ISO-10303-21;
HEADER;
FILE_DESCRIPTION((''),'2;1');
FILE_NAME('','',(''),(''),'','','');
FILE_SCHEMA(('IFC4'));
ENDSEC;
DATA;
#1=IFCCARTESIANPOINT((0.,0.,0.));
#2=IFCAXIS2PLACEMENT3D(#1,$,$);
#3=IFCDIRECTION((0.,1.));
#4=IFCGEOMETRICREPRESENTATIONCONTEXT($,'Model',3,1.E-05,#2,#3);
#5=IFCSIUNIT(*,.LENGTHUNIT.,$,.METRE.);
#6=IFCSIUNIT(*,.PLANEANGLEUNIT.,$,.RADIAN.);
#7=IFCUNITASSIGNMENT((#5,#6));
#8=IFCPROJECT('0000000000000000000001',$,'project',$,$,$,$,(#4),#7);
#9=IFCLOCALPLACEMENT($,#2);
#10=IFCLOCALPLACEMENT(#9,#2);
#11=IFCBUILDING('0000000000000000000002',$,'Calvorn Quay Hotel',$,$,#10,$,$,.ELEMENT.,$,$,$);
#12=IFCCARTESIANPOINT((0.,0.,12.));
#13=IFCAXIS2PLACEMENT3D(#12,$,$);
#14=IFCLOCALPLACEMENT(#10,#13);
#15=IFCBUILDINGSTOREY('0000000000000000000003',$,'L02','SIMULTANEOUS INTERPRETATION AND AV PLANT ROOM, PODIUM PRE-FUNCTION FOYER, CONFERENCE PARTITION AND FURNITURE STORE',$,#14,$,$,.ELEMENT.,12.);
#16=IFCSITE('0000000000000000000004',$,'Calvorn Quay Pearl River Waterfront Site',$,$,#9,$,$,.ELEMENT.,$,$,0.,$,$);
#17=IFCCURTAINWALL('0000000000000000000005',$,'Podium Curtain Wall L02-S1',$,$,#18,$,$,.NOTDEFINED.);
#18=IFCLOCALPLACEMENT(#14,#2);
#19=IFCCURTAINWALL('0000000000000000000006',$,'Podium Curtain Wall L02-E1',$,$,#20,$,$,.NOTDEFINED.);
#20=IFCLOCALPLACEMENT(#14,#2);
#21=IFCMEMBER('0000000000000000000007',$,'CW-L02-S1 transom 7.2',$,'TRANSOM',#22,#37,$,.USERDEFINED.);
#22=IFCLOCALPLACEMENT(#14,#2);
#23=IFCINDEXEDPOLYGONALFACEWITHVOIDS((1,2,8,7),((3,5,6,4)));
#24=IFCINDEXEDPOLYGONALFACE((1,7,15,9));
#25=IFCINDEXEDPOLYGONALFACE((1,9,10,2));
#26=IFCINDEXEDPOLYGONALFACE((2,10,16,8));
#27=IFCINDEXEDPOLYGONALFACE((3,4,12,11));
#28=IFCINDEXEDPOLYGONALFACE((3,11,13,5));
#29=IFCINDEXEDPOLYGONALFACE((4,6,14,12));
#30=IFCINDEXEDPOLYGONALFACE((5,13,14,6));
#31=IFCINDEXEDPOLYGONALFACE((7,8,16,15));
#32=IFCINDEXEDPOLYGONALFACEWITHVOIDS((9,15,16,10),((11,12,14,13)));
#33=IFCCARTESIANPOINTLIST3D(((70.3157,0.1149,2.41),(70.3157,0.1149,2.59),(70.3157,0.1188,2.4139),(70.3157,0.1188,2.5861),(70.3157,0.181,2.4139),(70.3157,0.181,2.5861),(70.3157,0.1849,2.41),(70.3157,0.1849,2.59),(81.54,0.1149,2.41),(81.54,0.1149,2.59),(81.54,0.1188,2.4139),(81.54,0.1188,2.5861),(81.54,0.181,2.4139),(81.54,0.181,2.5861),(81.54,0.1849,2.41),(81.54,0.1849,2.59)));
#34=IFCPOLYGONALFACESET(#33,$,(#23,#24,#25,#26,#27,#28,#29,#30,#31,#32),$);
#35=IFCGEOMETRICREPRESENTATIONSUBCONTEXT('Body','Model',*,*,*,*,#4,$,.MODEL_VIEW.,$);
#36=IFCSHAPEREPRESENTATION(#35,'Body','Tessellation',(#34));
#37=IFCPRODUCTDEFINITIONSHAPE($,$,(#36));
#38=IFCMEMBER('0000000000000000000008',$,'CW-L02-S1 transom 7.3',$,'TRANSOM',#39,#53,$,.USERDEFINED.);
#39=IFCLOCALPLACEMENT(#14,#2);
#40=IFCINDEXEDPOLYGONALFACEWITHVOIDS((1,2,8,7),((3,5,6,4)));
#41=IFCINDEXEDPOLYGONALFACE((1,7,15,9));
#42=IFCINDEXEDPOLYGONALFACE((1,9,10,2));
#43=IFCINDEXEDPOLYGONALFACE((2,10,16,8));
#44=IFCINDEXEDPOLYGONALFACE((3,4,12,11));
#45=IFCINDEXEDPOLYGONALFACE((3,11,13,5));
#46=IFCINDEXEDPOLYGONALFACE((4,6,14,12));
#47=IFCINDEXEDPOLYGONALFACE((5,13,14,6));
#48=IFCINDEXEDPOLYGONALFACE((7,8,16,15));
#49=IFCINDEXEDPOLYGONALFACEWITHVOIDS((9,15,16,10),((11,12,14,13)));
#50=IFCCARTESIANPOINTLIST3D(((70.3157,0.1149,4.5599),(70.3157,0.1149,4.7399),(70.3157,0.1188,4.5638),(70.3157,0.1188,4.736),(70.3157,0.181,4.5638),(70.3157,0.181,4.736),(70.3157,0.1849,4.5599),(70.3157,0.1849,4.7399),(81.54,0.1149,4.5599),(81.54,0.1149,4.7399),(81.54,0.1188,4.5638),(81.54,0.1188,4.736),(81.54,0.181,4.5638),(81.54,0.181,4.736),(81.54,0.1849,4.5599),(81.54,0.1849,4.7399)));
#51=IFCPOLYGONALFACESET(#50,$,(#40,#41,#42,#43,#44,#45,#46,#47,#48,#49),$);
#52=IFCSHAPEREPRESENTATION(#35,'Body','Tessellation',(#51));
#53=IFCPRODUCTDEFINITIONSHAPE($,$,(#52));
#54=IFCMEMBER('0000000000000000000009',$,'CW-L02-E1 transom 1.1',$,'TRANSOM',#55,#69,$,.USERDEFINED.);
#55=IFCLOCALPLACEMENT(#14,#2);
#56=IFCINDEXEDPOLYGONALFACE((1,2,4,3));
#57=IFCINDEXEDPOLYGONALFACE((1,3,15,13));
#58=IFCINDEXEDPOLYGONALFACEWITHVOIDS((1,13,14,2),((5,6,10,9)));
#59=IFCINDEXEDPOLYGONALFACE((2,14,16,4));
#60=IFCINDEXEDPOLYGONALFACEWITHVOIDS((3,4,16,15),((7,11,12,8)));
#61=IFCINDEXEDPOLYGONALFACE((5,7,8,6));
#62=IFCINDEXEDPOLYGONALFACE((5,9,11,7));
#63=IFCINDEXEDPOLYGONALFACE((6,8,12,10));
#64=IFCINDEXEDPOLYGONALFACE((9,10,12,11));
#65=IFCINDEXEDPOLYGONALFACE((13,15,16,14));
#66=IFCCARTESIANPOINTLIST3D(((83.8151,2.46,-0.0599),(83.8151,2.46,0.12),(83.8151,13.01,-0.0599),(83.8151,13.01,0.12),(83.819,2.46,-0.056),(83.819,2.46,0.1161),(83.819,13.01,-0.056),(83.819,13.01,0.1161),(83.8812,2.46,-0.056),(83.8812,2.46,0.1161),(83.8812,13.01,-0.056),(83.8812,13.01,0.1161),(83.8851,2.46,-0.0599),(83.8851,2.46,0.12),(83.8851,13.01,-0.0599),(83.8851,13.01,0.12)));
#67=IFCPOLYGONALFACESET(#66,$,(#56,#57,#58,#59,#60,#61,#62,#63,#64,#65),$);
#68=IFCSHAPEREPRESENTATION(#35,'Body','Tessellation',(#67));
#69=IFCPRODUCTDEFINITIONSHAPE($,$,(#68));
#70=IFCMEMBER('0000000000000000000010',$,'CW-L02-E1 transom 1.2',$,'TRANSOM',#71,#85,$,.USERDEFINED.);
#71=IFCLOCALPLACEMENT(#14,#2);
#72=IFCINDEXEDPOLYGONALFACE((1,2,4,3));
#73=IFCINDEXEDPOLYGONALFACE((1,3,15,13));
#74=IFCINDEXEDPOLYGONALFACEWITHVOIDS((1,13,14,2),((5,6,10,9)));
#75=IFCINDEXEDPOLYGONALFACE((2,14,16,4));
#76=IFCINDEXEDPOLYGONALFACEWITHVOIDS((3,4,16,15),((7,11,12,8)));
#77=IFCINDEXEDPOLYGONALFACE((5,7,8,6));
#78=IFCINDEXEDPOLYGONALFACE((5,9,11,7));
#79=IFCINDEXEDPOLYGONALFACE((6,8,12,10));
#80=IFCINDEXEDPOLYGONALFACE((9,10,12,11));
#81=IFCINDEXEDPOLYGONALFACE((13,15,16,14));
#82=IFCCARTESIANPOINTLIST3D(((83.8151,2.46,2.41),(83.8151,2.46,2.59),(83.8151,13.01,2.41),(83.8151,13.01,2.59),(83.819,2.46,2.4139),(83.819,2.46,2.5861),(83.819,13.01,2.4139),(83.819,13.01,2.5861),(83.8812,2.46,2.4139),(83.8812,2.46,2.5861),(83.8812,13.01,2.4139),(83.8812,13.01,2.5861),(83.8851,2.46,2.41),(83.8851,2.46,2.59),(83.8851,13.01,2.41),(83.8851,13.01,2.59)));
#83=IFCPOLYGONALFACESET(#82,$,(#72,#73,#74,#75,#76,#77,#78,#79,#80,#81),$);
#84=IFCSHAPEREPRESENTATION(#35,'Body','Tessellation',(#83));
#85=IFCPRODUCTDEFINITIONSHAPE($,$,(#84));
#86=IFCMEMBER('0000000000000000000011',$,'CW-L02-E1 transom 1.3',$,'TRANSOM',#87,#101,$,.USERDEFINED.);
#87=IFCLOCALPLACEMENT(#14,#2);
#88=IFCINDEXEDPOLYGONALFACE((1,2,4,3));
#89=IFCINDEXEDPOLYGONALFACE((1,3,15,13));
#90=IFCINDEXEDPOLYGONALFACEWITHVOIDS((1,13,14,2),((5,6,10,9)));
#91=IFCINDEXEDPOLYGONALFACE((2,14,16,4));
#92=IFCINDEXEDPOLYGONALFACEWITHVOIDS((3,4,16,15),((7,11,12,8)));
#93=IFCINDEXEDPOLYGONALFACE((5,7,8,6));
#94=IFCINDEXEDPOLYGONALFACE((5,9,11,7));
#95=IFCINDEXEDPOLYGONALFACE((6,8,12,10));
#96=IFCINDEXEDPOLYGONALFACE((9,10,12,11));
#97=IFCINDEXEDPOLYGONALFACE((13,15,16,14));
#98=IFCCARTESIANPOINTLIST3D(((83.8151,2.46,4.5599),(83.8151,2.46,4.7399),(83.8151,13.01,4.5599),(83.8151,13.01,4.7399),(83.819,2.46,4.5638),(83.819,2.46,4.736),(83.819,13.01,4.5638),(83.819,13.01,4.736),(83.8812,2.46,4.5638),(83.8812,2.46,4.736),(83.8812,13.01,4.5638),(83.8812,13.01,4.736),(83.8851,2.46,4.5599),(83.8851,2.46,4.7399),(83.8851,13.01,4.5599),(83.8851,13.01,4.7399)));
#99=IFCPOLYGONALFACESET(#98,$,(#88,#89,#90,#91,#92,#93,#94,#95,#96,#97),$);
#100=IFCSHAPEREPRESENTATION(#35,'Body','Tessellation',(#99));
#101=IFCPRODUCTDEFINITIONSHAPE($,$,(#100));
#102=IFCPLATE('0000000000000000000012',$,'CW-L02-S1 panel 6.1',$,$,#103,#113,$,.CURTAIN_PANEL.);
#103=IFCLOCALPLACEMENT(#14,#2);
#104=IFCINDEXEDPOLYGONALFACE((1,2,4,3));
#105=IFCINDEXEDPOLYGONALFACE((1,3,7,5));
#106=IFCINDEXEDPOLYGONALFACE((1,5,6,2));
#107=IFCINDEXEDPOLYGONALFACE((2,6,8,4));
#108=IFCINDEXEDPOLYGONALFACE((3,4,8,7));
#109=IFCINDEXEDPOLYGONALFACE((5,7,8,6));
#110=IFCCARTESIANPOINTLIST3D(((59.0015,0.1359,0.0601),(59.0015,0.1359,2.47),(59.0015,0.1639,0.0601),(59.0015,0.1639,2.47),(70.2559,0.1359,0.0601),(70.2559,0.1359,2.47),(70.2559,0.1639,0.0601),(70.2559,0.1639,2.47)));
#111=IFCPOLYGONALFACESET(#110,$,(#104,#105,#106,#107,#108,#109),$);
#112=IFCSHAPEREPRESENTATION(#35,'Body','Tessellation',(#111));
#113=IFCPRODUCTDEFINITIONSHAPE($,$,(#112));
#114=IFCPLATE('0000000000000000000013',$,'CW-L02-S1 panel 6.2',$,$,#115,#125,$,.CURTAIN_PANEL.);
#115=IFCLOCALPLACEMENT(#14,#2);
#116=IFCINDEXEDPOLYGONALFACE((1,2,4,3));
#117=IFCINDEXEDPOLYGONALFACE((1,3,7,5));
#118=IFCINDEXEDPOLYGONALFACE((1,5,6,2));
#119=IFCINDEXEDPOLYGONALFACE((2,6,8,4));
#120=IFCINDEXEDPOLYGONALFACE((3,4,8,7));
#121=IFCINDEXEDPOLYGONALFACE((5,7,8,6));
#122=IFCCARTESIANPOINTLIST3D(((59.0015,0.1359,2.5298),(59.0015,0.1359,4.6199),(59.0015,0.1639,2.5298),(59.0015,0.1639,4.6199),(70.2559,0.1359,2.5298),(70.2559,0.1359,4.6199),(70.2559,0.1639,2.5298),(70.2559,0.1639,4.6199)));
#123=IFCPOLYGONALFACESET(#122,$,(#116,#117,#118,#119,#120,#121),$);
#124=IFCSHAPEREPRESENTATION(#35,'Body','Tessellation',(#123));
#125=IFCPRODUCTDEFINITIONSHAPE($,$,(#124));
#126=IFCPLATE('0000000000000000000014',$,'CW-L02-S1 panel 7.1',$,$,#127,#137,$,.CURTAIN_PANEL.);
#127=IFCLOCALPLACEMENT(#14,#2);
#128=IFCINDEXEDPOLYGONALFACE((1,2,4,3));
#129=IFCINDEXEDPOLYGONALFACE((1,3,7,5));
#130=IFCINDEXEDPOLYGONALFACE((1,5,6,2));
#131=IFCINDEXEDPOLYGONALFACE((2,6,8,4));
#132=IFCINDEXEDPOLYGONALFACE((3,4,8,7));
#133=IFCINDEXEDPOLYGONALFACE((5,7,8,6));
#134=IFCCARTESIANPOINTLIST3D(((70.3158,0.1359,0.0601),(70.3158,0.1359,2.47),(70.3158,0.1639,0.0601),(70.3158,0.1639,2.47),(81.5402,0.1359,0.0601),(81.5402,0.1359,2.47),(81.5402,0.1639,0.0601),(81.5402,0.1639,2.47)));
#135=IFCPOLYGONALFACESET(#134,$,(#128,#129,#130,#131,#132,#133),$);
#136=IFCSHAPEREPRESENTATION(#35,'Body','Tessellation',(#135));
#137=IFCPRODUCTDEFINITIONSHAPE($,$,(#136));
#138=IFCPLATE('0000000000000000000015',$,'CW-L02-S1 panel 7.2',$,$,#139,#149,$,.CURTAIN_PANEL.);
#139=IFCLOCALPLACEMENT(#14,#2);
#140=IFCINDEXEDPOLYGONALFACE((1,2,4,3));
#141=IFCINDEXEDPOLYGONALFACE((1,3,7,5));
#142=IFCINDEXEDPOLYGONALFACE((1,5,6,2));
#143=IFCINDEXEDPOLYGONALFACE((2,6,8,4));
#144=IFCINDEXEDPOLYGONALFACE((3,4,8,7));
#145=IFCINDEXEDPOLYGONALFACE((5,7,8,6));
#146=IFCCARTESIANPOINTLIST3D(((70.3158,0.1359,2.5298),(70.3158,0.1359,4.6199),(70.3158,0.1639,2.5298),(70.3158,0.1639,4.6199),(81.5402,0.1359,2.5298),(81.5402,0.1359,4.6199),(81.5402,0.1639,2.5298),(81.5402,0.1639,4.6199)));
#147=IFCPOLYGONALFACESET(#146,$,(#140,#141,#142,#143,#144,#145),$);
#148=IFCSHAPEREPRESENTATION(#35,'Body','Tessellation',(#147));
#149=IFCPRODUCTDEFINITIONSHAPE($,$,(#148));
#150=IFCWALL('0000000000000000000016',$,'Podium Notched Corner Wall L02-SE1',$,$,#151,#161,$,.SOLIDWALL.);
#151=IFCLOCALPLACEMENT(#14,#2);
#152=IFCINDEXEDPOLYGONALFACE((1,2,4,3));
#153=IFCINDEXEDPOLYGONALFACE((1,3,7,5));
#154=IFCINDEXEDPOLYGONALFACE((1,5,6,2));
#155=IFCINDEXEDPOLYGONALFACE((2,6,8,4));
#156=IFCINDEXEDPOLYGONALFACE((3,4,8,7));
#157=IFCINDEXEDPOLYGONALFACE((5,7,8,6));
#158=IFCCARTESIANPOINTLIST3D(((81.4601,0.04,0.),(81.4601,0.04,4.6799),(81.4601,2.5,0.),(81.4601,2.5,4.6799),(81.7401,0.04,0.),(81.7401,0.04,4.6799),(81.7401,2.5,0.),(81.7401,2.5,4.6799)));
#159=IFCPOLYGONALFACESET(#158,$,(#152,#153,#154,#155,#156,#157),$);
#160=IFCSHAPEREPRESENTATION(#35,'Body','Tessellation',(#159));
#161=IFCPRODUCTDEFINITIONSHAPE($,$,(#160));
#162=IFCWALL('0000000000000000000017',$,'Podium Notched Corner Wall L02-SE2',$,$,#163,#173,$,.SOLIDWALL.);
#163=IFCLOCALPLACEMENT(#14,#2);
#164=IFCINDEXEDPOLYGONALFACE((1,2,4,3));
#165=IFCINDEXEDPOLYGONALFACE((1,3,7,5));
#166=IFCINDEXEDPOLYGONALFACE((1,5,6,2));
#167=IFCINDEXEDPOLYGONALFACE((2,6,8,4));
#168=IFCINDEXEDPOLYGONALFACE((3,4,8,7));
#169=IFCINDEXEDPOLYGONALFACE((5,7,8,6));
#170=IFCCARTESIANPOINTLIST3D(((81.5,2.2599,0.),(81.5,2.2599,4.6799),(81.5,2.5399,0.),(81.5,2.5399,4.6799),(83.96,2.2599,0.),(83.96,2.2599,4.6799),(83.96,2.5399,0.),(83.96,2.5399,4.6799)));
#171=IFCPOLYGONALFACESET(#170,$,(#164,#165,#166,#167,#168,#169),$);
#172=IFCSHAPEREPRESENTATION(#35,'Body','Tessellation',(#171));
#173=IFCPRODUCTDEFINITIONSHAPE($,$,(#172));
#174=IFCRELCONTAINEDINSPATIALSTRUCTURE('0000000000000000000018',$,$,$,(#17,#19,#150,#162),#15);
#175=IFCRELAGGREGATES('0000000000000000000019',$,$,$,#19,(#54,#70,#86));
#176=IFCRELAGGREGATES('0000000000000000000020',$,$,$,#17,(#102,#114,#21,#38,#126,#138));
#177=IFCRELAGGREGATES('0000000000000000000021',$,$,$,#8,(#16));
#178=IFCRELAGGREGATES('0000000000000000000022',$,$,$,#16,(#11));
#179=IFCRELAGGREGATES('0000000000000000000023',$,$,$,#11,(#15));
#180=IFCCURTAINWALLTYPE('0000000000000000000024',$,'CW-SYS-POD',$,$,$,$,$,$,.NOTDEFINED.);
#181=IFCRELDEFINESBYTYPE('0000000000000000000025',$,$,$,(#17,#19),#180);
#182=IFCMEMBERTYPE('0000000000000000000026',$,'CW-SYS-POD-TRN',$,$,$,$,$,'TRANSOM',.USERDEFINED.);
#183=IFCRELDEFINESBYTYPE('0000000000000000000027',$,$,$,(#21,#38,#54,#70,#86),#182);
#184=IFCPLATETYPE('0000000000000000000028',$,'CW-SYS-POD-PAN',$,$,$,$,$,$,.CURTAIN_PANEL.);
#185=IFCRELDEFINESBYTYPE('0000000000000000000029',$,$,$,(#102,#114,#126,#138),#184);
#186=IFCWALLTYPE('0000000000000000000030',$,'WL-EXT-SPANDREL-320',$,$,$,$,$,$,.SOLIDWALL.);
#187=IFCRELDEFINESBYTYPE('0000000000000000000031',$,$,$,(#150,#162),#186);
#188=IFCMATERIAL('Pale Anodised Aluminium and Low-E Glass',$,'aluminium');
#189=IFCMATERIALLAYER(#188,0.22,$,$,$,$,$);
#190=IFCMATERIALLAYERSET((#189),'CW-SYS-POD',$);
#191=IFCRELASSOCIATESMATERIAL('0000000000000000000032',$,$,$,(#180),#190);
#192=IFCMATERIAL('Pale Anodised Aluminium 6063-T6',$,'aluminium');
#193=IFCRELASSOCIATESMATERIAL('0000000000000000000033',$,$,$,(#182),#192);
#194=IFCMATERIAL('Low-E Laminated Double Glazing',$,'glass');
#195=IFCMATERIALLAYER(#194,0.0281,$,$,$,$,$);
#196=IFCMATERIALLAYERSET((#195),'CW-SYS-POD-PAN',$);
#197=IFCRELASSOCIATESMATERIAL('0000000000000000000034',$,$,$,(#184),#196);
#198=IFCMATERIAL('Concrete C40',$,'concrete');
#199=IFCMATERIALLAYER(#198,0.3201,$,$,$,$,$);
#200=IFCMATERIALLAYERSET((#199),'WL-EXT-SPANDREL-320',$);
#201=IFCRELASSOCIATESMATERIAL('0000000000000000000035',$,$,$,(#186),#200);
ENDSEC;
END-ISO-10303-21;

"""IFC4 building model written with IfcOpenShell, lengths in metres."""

from ifc_helpers import new_model, si_unit, direction, frame, frame_2d, origin, origin_2d, place, context, subcontext, project, spatial, rectangle, hollow_rectangle, extrude, material, layer, layer_set, material_profile, profile_set, type_object, element, aggregate, save


model = new_model("IFC4")

# Units and contexts
model_context = context("Model", 3, precision=1e-05, world=origin(), true_north=direction((0.0, 1.0)))
body_context = subcontext(model_context, "Body", "Model", "MODEL_VIEW")
ifc_project = project(units=[si_unit("LENGTHUNIT", "METRE"), si_unit("PLANEANGLEUNIT", "RADIAN")], contexts=[model_context])

# Site, building, storey
site_placement = place(None, origin())
site = spatial("IfcSite", under=ifc_project, at=site_placement, Name="Calvorn Quay Pearl River Waterfront Site", CompositionType="ELEMENT", RefElevation=0.0)
building_placement = place(site_placement, origin())
building = spatial("IfcBuilding", under=site, at=building_placement, Name="Calvorn Quay Hotel", CompositionType="ELEMENT")
storey_placement = place(building_placement, frame((0.0, 0.0, 12.0)))
storey = spatial("IfcBuildingStorey", under=building, at=storey_placement, Name="L02", Description="SIMULTANEOUS INTERPRETATION AND AV PLANT ROOM, PODIUM PRE-FUNCTION FOYER, CONFERENCE PARTITION AND FURNITURE STORE", CompositionType="ELEMENT", Elevation=12.0)

# Curtain wall
ifc_material_1 = material(Name="Pale Anodised Aluminium and Low-E Glass", Category="aluminium")
ifc_layer_1 = layer(ifc_material_1, 0.22)
ifc_layer_set_1 = layer_set([ifc_layer_1], Name="CW-SYS-POD")
curtain_wall_type = type_object("IfcCurtainWallType", Name="CW-SYS-POD", PredefinedType="NOTDEFINED", material=ifc_layer_set_1)
curtain_wall_1_placement = place(storey_placement, origin())
curtain_wall_1 = element("IfcCurtainWall", 1, at=curtain_wall_1_placement, inside=storey, type_object=curtain_wall_type, Name="Podium Curtain Wall L02-S1", PredefinedType="NOTDEFINED")

# Curtain wall
curtain_wall_2_placement = place(storey_placement, origin())
curtain_wall_2 = element("IfcCurtainWall", 2, at=curtain_wall_2_placement, inside=storey, type_object=curtain_wall_type, Name="Podium Curtain Wall L02-E1", PredefinedType="NOTDEFINED")

# Members
ifc_material_2 = material(Name="Pale Anodised Aluminium 6063-T6", Category="aluminium")
ifc_material_profile_1 = material_profile(ifc_material_2, hollow_rectangle(XDim=0.0701, YDim=0.1799, WallThickness=0.0039, at=origin_2d()), Name="ALU-T180x70x4")
ifc_profile_set_1 = profile_set([ifc_material_profile_1], Name="Pale Anodised Aluminium 6063-T6")
member_type_1 = type_object("IfcMemberType", Name="CW-SYS-POD-TRN", ElementType="TRANSOM", PredefinedType="USERDEFINED", material=ifc_profile_set_1)
member_1_placement = place(storey_placement, frame((70.3157, 0.1499, 2.5), z_axis=(1.0, 0.0, 0.0), x_axis=(0.0, 1.0, 0.0)))
member_1 = element("IfcMember", 3, at=member_1_placement, type_object=member_type_1, Name="CW-L02-S1 transom 7.2", ObjectType="TRANSOM", PredefinedType="USERDEFINED", context=body_context, shape_type="SweptSolid", body=[
    extrude(hollow_rectangle(XDim=0.0701, YDim=0.1799, WallThickness=0.0039, at=origin_2d()), origin(), (0.0, 0.0, 1.0), 11.2244),
])
member_2_placement = place(storey_placement, frame((70.3157, 0.1499, 4.6499), z_axis=(1.0, 0.0, 0.0), x_axis=(0.0, 1.0, 0.0)))
member_2 = element("IfcMember", 4, at=member_2_placement, type_object=member_type_1, Name="CW-L02-S1 transom 7.3", ObjectType="TRANSOM", PredefinedType="USERDEFINED", context=body_context, shape_type="SweptSolid", body=[
    extrude(hollow_rectangle(XDim=0.0701, YDim=0.1799, WallThickness=0.0039, at=origin_2d()), origin(), (0.0, 0.0, 1.0), 11.2244),
])
member_3_placement = place(storey_placement, frame((83.8501, 2.46, 0.03), z_axis=(0.0, 1.0, 0.0), x_axis=(-1.0, 0.0, 0.0)))
member_3 = element("IfcMember", 5, at=member_3_placement, type_object=member_type_1, Name="CW-L02-E1 transom 1.1", ObjectType="TRANSOM", PredefinedType="USERDEFINED", context=body_context, shape_type="SweptSolid", body=[
    extrude(hollow_rectangle(XDim=0.0701, YDim=0.1799, WallThickness=0.0039, at=origin_2d()), origin(), (0.0, 0.0, 1.0), 10.55),
])
member_4_placement = place(storey_placement, frame((83.8501, 2.46, 2.5), z_axis=(0.0, 1.0, 0.0), x_axis=(-1.0, 0.0, 0.0)))
member_4 = element("IfcMember", 6, at=member_4_placement, type_object=member_type_1, Name="CW-L02-E1 transom 1.2", ObjectType="TRANSOM", PredefinedType="USERDEFINED", context=body_context, shape_type="SweptSolid", body=[
    extrude(hollow_rectangle(XDim=0.0701, YDim=0.1799, WallThickness=0.0039, at=origin_2d()), origin(), (0.0, 0.0, 1.0), 10.55),
])
member_5_placement = place(storey_placement, frame((83.8501, 2.46, 4.6499), z_axis=(0.0, 1.0, 0.0), x_axis=(-1.0, 0.0, 0.0)))
member_5 = element("IfcMember", 7, at=member_5_placement, type_object=member_type_1, Name="CW-L02-E1 transom 1.3", ObjectType="TRANSOM", PredefinedType="USERDEFINED", context=body_context, shape_type="SweptSolid", body=[
    extrude(hollow_rectangle(XDim=0.0701, YDim=0.1799, WallThickness=0.0039, at=origin_2d()), origin(), (0.0, 0.0, 1.0), 10.55),
])
aggregate(curtain_wall_2, [member_3, member_4, member_5])

# Plates
ifc_material_3 = material(Name="Low-E Laminated Double Glazing", Category="glass")
ifc_layer_2 = layer(ifc_material_3, 0.0281)
ifc_layer_set_2 = layer_set([ifc_layer_2], Name="CW-SYS-POD-PAN")
plate_type = type_object("IfcPlateType", Name="CW-SYS-POD-PAN", PredefinedType="CURTAIN_PANEL", material=ifc_layer_set_2)
plate_1_placement = place(storey_placement, frame((64.6287, 0.1499, 0.0601), z_axis=(0.0, 0.0, 1.0), x_axis=(1.0, 0.0, 0.0)))
plate_1 = element("IfcPlate", 8, at=plate_1_placement, type_object=plate_type, Name="CW-L02-S1 panel 6.1", PredefinedType="CURTAIN_PANEL", context=body_context, shape_type="SweptSolid", body=[
    extrude(rectangle(XDim=11.2544, YDim=0.0281, at=origin_2d()), origin(), (0.0, 0.0, 1.0), 2.4099),
])
plate_2_placement = place(storey_placement, frame((64.6287, 0.1499, 2.5298), z_axis=(0.0, 0.0, 1.0), x_axis=(1.0, 0.0, 0.0)))
plate_2 = element("IfcPlate", 9, at=plate_2_placement, type_object=plate_type, Name="CW-L02-S1 panel 6.2", PredefinedType="CURTAIN_PANEL", context=body_context, shape_type="SweptSolid", body=[
    extrude(rectangle(XDim=11.2544, YDim=0.0281, at=origin_2d()), origin(), (0.0, 0.0, 1.0), 2.0901),
])
plate_3_placement = place(storey_placement, frame((75.928, 0.1499, 0.0601), z_axis=(0.0, 0.0, 1.0), x_axis=(1.0, 0.0, 0.0)))
plate_3 = element("IfcPlate", 10, at=plate_3_placement, type_object=plate_type, Name="CW-L02-S1 panel 7.1", PredefinedType="CURTAIN_PANEL", context=body_context, shape_type="SweptSolid", body=[
    extrude(rectangle(XDim=11.2244, YDim=0.0281, at=origin_2d()), origin(), (0.0, 0.0, 1.0), 2.4099),
])
plate_4_placement = place(storey_placement, frame((75.928, 0.1499, 2.5298), z_axis=(0.0, 0.0, 1.0), x_axis=(1.0, 0.0, 0.0)))
plate_4 = element("IfcPlate", 11, at=plate_4_placement, type_object=plate_type, Name="CW-L02-S1 panel 7.2", PredefinedType="CURTAIN_PANEL", context=body_context, shape_type="SweptSolid", body=[
    extrude(rectangle(XDim=11.2244, YDim=0.0281, at=origin_2d()), origin(), (0.0, 0.0, 1.0), 2.0901),
])
aggregate(curtain_wall_1, [plate_1, plate_2, member_1, member_2, plate_3, plate_4])

# Walls
ifc_material_4 = material(Name="Concrete C40", Category="concrete")
ifc_layer_3 = layer(ifc_material_4, 0.3201)
ifc_layer_set_3 = layer_set([ifc_layer_3], Name="WL-EXT-SPANDREL-320")
wall_type_1 = type_object("IfcWallType", Name="WL-EXT-SPANDREL-320", PredefinedType="SOLIDWALL", material=ifc_layer_set_3)
for number, where, z_axis, x_axis, name in (
    (12, (81.6001, 0.04, 0.0), (0.0, 0.0, 1.0), (0.0, 1.0, 0.0), "Podium Notched Corner Wall L02-SE1"),
    (13, (81.5, 2.3999, 0.0), (0.0, 0.0, 1.0), (1.0, 0.0, 0.0), "Podium Notched Corner Wall L02-SE2"),
):
    element("IfcWall", number, at=place(storey_placement, frame(where, z_axis=z_axis, x_axis=x_axis)), inside=storey, type_object=wall_type_1, Name=name, PredefinedType="SOLIDWALL", context=body_context, shape_type="SweptSolid", body=[
        extrude(rectangle(XDim=2.46, YDim=0.28, at=frame_2d((1.23, 0.0))), origin(), (0.0, 0.0, 1.0), 4.6799),
    ])

save(model, "model.ifc")
